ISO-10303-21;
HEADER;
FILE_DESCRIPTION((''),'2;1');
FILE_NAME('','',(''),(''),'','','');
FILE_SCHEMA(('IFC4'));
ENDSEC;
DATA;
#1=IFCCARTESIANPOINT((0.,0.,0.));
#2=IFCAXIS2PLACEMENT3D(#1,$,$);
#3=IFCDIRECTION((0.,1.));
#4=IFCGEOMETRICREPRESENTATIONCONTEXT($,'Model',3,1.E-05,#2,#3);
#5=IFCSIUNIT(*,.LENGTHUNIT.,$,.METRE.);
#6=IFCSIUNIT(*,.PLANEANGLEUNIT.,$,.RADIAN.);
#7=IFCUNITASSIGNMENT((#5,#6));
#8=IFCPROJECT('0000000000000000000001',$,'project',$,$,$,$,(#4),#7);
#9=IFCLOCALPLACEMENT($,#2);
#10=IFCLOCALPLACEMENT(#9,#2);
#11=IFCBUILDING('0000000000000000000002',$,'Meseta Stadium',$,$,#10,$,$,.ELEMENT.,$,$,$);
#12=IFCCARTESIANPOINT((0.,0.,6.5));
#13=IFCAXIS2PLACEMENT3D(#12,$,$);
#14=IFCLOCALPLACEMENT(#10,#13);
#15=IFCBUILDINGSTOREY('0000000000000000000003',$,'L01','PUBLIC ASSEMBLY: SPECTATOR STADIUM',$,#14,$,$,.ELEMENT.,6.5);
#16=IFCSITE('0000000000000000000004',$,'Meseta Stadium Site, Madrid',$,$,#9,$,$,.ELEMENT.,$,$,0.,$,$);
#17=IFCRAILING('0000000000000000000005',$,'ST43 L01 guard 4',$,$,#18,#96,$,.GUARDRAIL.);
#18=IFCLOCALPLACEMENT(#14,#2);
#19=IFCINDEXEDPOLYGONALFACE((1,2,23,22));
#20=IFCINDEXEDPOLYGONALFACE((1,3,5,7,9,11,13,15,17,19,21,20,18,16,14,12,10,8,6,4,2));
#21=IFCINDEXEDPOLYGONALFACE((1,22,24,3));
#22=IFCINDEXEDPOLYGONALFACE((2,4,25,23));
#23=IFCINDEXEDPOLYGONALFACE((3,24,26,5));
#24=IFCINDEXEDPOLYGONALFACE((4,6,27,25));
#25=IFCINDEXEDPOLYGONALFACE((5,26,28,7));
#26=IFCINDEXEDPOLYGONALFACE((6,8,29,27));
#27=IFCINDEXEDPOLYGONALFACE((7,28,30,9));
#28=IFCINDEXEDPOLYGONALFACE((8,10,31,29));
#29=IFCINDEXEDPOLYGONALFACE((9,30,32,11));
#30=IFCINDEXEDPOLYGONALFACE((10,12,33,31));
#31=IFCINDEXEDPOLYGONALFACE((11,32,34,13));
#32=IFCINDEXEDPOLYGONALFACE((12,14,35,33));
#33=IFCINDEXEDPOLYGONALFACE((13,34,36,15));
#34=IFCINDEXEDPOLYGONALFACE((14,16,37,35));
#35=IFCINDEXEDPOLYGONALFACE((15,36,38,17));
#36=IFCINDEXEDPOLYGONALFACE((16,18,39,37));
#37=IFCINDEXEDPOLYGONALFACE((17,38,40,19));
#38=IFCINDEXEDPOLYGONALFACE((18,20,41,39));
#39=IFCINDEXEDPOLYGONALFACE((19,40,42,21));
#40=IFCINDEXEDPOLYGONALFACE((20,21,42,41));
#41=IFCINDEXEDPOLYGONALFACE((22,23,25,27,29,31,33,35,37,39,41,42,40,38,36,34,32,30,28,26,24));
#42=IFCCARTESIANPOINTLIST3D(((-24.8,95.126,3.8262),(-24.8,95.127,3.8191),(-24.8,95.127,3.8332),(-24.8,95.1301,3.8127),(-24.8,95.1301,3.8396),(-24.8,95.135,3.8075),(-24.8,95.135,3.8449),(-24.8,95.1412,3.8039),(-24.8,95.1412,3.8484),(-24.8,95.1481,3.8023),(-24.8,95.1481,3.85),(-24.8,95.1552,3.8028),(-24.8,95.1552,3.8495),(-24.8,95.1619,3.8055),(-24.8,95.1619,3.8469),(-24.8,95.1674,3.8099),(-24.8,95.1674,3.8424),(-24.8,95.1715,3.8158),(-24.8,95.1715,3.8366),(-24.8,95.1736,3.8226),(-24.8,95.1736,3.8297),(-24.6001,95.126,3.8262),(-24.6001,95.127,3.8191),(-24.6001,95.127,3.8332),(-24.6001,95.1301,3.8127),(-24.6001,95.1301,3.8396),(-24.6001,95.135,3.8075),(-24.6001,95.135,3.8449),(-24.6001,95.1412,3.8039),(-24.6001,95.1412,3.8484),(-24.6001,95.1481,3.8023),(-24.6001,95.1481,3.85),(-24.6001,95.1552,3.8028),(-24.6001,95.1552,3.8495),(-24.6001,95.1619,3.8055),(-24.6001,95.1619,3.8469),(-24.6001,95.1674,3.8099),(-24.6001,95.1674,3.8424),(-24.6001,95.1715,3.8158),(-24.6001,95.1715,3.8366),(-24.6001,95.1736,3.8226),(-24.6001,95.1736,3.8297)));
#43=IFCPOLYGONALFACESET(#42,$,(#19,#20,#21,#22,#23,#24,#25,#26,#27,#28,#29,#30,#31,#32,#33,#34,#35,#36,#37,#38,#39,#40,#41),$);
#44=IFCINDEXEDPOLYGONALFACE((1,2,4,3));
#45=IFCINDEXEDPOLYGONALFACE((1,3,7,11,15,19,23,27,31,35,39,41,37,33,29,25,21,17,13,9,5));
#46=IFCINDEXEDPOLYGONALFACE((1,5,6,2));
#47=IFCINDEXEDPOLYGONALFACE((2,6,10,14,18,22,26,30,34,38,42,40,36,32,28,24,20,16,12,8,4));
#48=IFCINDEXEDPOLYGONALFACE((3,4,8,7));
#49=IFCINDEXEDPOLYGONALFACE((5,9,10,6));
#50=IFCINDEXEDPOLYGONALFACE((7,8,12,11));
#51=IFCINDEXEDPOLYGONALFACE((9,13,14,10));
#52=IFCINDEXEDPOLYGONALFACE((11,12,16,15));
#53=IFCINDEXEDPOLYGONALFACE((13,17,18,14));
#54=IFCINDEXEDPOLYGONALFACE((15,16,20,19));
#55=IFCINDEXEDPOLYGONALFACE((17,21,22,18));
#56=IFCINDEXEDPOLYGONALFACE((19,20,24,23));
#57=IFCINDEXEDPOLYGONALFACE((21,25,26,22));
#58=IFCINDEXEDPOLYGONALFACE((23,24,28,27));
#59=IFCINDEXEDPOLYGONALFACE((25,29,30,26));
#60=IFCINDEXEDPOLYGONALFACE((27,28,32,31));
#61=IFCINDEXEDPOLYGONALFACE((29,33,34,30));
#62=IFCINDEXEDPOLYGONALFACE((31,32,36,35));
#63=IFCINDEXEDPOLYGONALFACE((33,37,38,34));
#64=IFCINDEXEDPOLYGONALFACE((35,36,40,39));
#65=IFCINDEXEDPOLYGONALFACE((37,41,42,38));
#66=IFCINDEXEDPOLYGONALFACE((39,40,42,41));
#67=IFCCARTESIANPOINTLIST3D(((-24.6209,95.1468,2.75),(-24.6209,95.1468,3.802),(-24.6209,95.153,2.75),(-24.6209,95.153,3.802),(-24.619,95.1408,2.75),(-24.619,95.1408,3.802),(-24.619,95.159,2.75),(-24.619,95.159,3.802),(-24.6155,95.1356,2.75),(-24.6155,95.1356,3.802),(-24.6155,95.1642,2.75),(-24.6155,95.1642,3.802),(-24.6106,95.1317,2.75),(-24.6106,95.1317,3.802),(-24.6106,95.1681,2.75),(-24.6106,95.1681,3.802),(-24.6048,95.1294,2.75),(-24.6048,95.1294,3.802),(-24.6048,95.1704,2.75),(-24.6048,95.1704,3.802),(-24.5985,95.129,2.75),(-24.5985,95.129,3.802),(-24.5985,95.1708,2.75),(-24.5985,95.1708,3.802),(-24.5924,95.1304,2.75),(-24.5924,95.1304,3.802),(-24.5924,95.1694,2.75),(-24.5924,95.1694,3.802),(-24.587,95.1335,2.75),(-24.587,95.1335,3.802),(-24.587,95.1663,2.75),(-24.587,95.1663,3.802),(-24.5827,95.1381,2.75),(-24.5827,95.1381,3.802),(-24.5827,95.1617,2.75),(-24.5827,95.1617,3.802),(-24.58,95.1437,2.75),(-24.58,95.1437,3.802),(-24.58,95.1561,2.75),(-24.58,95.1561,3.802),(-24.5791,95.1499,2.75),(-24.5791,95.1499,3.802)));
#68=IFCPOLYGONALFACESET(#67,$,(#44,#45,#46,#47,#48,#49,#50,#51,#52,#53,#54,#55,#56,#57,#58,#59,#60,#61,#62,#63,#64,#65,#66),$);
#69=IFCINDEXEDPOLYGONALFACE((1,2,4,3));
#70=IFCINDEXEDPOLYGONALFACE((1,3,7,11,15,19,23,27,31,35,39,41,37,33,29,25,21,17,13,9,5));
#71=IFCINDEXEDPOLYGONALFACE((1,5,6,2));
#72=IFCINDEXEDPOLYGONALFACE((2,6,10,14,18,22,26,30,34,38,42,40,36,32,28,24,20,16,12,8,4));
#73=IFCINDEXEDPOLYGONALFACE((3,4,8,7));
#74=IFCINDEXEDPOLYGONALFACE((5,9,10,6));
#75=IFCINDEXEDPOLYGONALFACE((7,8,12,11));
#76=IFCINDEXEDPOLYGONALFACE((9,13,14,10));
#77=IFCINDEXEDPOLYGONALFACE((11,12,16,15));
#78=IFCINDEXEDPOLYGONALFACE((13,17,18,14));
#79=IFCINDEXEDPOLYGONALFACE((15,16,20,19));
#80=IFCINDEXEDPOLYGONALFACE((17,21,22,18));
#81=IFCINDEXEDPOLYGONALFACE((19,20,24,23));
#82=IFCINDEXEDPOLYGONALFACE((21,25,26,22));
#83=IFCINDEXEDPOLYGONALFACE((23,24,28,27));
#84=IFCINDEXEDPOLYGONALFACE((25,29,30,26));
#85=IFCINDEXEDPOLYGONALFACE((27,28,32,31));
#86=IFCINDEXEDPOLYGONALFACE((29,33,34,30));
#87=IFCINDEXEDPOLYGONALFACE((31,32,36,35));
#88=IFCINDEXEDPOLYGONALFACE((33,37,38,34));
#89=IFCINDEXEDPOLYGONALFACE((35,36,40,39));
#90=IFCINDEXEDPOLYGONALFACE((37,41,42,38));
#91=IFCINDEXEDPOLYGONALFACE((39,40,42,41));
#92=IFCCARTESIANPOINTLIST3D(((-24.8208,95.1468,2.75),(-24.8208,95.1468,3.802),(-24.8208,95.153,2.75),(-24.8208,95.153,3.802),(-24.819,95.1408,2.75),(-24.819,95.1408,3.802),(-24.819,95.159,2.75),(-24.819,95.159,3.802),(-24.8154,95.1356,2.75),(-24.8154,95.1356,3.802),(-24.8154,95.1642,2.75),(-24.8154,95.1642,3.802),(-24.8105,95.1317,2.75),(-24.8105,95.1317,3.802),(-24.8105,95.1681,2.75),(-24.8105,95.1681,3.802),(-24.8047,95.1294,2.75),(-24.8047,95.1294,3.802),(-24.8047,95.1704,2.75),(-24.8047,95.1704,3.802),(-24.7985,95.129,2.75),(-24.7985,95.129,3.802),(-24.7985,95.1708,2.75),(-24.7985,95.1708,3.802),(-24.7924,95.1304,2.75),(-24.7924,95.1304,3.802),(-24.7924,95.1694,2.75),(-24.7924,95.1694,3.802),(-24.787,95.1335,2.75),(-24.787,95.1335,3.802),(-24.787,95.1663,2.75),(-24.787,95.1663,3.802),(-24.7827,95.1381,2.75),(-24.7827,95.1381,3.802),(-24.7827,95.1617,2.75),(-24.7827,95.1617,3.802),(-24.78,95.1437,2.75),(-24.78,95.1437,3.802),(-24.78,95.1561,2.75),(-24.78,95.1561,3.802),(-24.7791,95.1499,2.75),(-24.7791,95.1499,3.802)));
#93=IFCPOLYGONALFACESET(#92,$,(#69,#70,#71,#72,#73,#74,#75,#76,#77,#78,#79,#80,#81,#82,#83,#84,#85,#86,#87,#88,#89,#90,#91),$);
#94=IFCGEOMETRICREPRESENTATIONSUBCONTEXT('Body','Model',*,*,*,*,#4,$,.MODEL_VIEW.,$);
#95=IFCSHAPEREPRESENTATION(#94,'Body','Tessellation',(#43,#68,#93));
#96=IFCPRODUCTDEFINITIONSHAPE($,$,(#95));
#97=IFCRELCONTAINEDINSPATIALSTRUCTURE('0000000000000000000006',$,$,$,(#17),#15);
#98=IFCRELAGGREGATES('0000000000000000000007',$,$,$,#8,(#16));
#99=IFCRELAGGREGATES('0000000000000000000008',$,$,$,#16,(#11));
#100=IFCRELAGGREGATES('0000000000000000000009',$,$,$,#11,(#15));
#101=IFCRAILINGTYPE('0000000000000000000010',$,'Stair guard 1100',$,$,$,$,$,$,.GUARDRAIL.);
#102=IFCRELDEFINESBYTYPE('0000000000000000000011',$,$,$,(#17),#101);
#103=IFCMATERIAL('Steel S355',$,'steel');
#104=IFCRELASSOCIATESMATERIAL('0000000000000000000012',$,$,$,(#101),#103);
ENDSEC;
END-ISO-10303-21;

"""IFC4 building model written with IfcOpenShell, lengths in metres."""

from ifc_helpers import new_model, si_unit, direction, frame, origin, origin_2d, place, context, subcontext, project, spatial, circle, extrude, material, type_object, element, save


model = new_model("IFC4")

# Units and contexts
model_context = context("Model", 3, precision=1e-05, world=origin(), true_north=direction((0.0, 1.0)))
body_context = subcontext(model_context, "Body", "Model", "MODEL_VIEW")
ifc_project = project(units=[si_unit("LENGTHUNIT", "METRE"), si_unit("PLANEANGLEUNIT", "RADIAN")], contexts=[model_context])

# Site, building, storey
site_placement = place(None, origin())
site = spatial("IfcSite", under=ifc_project, at=site_placement, Name="Meseta Stadium Site, Madrid", CompositionType="ELEMENT", RefElevation=0.0)
building_placement = place(site_placement, origin())
building = spatial("IfcBuilding", under=site, at=building_placement, Name="Meseta Stadium", CompositionType="ELEMENT")
storey_placement = place(building_placement, frame((0.0, 0.0, 6.5)))
storey = spatial("IfcBuildingStorey", under=building, at=storey_placement, Name="L01", Description="PUBLIC ASSEMBLY: SPECTATOR STADIUM", CompositionType="ELEMENT", Elevation=6.5)

# Railing
ifc_material_1 = material(Name="Steel S355", Category="steel")
railing_type_1 = type_object("IfcRailingType", Name="Stair guard 1100", PredefinedType="GUARDRAIL", material=ifc_material_1)
railing_1_placement = place(storey_placement, frame((-24.6001, 95.1499, 2.75)))
element("IfcRailing", 1, at=railing_1_placement, inside=storey, type_object=railing_type_1, Name="ST43 L01 guard 4", PredefinedType="GUARDRAIL", context=body_context, shape_type="SweptSolid", body=[
    extrude(circle(Radius=0.0239, at=origin_2d()), frame((0.0, 0.0, 1.0762), z_axis=(-1.0, 0.0, 0.0), x_axis=(0.0, -1.0, 0.0)), (0.0, 0.0, 1.0), 0.2),
    extrude(circle(Radius=0.021, at=origin_2d()), origin(), (0.0, 0.0, 1.0), 1.052),
    extrude(circle(Radius=0.021, at=origin_2d()), frame((-0.2, 0.0, 0.0)), (0.0, 0.0, 1.0), 1.052),
])

save(model, "model.ifc")
